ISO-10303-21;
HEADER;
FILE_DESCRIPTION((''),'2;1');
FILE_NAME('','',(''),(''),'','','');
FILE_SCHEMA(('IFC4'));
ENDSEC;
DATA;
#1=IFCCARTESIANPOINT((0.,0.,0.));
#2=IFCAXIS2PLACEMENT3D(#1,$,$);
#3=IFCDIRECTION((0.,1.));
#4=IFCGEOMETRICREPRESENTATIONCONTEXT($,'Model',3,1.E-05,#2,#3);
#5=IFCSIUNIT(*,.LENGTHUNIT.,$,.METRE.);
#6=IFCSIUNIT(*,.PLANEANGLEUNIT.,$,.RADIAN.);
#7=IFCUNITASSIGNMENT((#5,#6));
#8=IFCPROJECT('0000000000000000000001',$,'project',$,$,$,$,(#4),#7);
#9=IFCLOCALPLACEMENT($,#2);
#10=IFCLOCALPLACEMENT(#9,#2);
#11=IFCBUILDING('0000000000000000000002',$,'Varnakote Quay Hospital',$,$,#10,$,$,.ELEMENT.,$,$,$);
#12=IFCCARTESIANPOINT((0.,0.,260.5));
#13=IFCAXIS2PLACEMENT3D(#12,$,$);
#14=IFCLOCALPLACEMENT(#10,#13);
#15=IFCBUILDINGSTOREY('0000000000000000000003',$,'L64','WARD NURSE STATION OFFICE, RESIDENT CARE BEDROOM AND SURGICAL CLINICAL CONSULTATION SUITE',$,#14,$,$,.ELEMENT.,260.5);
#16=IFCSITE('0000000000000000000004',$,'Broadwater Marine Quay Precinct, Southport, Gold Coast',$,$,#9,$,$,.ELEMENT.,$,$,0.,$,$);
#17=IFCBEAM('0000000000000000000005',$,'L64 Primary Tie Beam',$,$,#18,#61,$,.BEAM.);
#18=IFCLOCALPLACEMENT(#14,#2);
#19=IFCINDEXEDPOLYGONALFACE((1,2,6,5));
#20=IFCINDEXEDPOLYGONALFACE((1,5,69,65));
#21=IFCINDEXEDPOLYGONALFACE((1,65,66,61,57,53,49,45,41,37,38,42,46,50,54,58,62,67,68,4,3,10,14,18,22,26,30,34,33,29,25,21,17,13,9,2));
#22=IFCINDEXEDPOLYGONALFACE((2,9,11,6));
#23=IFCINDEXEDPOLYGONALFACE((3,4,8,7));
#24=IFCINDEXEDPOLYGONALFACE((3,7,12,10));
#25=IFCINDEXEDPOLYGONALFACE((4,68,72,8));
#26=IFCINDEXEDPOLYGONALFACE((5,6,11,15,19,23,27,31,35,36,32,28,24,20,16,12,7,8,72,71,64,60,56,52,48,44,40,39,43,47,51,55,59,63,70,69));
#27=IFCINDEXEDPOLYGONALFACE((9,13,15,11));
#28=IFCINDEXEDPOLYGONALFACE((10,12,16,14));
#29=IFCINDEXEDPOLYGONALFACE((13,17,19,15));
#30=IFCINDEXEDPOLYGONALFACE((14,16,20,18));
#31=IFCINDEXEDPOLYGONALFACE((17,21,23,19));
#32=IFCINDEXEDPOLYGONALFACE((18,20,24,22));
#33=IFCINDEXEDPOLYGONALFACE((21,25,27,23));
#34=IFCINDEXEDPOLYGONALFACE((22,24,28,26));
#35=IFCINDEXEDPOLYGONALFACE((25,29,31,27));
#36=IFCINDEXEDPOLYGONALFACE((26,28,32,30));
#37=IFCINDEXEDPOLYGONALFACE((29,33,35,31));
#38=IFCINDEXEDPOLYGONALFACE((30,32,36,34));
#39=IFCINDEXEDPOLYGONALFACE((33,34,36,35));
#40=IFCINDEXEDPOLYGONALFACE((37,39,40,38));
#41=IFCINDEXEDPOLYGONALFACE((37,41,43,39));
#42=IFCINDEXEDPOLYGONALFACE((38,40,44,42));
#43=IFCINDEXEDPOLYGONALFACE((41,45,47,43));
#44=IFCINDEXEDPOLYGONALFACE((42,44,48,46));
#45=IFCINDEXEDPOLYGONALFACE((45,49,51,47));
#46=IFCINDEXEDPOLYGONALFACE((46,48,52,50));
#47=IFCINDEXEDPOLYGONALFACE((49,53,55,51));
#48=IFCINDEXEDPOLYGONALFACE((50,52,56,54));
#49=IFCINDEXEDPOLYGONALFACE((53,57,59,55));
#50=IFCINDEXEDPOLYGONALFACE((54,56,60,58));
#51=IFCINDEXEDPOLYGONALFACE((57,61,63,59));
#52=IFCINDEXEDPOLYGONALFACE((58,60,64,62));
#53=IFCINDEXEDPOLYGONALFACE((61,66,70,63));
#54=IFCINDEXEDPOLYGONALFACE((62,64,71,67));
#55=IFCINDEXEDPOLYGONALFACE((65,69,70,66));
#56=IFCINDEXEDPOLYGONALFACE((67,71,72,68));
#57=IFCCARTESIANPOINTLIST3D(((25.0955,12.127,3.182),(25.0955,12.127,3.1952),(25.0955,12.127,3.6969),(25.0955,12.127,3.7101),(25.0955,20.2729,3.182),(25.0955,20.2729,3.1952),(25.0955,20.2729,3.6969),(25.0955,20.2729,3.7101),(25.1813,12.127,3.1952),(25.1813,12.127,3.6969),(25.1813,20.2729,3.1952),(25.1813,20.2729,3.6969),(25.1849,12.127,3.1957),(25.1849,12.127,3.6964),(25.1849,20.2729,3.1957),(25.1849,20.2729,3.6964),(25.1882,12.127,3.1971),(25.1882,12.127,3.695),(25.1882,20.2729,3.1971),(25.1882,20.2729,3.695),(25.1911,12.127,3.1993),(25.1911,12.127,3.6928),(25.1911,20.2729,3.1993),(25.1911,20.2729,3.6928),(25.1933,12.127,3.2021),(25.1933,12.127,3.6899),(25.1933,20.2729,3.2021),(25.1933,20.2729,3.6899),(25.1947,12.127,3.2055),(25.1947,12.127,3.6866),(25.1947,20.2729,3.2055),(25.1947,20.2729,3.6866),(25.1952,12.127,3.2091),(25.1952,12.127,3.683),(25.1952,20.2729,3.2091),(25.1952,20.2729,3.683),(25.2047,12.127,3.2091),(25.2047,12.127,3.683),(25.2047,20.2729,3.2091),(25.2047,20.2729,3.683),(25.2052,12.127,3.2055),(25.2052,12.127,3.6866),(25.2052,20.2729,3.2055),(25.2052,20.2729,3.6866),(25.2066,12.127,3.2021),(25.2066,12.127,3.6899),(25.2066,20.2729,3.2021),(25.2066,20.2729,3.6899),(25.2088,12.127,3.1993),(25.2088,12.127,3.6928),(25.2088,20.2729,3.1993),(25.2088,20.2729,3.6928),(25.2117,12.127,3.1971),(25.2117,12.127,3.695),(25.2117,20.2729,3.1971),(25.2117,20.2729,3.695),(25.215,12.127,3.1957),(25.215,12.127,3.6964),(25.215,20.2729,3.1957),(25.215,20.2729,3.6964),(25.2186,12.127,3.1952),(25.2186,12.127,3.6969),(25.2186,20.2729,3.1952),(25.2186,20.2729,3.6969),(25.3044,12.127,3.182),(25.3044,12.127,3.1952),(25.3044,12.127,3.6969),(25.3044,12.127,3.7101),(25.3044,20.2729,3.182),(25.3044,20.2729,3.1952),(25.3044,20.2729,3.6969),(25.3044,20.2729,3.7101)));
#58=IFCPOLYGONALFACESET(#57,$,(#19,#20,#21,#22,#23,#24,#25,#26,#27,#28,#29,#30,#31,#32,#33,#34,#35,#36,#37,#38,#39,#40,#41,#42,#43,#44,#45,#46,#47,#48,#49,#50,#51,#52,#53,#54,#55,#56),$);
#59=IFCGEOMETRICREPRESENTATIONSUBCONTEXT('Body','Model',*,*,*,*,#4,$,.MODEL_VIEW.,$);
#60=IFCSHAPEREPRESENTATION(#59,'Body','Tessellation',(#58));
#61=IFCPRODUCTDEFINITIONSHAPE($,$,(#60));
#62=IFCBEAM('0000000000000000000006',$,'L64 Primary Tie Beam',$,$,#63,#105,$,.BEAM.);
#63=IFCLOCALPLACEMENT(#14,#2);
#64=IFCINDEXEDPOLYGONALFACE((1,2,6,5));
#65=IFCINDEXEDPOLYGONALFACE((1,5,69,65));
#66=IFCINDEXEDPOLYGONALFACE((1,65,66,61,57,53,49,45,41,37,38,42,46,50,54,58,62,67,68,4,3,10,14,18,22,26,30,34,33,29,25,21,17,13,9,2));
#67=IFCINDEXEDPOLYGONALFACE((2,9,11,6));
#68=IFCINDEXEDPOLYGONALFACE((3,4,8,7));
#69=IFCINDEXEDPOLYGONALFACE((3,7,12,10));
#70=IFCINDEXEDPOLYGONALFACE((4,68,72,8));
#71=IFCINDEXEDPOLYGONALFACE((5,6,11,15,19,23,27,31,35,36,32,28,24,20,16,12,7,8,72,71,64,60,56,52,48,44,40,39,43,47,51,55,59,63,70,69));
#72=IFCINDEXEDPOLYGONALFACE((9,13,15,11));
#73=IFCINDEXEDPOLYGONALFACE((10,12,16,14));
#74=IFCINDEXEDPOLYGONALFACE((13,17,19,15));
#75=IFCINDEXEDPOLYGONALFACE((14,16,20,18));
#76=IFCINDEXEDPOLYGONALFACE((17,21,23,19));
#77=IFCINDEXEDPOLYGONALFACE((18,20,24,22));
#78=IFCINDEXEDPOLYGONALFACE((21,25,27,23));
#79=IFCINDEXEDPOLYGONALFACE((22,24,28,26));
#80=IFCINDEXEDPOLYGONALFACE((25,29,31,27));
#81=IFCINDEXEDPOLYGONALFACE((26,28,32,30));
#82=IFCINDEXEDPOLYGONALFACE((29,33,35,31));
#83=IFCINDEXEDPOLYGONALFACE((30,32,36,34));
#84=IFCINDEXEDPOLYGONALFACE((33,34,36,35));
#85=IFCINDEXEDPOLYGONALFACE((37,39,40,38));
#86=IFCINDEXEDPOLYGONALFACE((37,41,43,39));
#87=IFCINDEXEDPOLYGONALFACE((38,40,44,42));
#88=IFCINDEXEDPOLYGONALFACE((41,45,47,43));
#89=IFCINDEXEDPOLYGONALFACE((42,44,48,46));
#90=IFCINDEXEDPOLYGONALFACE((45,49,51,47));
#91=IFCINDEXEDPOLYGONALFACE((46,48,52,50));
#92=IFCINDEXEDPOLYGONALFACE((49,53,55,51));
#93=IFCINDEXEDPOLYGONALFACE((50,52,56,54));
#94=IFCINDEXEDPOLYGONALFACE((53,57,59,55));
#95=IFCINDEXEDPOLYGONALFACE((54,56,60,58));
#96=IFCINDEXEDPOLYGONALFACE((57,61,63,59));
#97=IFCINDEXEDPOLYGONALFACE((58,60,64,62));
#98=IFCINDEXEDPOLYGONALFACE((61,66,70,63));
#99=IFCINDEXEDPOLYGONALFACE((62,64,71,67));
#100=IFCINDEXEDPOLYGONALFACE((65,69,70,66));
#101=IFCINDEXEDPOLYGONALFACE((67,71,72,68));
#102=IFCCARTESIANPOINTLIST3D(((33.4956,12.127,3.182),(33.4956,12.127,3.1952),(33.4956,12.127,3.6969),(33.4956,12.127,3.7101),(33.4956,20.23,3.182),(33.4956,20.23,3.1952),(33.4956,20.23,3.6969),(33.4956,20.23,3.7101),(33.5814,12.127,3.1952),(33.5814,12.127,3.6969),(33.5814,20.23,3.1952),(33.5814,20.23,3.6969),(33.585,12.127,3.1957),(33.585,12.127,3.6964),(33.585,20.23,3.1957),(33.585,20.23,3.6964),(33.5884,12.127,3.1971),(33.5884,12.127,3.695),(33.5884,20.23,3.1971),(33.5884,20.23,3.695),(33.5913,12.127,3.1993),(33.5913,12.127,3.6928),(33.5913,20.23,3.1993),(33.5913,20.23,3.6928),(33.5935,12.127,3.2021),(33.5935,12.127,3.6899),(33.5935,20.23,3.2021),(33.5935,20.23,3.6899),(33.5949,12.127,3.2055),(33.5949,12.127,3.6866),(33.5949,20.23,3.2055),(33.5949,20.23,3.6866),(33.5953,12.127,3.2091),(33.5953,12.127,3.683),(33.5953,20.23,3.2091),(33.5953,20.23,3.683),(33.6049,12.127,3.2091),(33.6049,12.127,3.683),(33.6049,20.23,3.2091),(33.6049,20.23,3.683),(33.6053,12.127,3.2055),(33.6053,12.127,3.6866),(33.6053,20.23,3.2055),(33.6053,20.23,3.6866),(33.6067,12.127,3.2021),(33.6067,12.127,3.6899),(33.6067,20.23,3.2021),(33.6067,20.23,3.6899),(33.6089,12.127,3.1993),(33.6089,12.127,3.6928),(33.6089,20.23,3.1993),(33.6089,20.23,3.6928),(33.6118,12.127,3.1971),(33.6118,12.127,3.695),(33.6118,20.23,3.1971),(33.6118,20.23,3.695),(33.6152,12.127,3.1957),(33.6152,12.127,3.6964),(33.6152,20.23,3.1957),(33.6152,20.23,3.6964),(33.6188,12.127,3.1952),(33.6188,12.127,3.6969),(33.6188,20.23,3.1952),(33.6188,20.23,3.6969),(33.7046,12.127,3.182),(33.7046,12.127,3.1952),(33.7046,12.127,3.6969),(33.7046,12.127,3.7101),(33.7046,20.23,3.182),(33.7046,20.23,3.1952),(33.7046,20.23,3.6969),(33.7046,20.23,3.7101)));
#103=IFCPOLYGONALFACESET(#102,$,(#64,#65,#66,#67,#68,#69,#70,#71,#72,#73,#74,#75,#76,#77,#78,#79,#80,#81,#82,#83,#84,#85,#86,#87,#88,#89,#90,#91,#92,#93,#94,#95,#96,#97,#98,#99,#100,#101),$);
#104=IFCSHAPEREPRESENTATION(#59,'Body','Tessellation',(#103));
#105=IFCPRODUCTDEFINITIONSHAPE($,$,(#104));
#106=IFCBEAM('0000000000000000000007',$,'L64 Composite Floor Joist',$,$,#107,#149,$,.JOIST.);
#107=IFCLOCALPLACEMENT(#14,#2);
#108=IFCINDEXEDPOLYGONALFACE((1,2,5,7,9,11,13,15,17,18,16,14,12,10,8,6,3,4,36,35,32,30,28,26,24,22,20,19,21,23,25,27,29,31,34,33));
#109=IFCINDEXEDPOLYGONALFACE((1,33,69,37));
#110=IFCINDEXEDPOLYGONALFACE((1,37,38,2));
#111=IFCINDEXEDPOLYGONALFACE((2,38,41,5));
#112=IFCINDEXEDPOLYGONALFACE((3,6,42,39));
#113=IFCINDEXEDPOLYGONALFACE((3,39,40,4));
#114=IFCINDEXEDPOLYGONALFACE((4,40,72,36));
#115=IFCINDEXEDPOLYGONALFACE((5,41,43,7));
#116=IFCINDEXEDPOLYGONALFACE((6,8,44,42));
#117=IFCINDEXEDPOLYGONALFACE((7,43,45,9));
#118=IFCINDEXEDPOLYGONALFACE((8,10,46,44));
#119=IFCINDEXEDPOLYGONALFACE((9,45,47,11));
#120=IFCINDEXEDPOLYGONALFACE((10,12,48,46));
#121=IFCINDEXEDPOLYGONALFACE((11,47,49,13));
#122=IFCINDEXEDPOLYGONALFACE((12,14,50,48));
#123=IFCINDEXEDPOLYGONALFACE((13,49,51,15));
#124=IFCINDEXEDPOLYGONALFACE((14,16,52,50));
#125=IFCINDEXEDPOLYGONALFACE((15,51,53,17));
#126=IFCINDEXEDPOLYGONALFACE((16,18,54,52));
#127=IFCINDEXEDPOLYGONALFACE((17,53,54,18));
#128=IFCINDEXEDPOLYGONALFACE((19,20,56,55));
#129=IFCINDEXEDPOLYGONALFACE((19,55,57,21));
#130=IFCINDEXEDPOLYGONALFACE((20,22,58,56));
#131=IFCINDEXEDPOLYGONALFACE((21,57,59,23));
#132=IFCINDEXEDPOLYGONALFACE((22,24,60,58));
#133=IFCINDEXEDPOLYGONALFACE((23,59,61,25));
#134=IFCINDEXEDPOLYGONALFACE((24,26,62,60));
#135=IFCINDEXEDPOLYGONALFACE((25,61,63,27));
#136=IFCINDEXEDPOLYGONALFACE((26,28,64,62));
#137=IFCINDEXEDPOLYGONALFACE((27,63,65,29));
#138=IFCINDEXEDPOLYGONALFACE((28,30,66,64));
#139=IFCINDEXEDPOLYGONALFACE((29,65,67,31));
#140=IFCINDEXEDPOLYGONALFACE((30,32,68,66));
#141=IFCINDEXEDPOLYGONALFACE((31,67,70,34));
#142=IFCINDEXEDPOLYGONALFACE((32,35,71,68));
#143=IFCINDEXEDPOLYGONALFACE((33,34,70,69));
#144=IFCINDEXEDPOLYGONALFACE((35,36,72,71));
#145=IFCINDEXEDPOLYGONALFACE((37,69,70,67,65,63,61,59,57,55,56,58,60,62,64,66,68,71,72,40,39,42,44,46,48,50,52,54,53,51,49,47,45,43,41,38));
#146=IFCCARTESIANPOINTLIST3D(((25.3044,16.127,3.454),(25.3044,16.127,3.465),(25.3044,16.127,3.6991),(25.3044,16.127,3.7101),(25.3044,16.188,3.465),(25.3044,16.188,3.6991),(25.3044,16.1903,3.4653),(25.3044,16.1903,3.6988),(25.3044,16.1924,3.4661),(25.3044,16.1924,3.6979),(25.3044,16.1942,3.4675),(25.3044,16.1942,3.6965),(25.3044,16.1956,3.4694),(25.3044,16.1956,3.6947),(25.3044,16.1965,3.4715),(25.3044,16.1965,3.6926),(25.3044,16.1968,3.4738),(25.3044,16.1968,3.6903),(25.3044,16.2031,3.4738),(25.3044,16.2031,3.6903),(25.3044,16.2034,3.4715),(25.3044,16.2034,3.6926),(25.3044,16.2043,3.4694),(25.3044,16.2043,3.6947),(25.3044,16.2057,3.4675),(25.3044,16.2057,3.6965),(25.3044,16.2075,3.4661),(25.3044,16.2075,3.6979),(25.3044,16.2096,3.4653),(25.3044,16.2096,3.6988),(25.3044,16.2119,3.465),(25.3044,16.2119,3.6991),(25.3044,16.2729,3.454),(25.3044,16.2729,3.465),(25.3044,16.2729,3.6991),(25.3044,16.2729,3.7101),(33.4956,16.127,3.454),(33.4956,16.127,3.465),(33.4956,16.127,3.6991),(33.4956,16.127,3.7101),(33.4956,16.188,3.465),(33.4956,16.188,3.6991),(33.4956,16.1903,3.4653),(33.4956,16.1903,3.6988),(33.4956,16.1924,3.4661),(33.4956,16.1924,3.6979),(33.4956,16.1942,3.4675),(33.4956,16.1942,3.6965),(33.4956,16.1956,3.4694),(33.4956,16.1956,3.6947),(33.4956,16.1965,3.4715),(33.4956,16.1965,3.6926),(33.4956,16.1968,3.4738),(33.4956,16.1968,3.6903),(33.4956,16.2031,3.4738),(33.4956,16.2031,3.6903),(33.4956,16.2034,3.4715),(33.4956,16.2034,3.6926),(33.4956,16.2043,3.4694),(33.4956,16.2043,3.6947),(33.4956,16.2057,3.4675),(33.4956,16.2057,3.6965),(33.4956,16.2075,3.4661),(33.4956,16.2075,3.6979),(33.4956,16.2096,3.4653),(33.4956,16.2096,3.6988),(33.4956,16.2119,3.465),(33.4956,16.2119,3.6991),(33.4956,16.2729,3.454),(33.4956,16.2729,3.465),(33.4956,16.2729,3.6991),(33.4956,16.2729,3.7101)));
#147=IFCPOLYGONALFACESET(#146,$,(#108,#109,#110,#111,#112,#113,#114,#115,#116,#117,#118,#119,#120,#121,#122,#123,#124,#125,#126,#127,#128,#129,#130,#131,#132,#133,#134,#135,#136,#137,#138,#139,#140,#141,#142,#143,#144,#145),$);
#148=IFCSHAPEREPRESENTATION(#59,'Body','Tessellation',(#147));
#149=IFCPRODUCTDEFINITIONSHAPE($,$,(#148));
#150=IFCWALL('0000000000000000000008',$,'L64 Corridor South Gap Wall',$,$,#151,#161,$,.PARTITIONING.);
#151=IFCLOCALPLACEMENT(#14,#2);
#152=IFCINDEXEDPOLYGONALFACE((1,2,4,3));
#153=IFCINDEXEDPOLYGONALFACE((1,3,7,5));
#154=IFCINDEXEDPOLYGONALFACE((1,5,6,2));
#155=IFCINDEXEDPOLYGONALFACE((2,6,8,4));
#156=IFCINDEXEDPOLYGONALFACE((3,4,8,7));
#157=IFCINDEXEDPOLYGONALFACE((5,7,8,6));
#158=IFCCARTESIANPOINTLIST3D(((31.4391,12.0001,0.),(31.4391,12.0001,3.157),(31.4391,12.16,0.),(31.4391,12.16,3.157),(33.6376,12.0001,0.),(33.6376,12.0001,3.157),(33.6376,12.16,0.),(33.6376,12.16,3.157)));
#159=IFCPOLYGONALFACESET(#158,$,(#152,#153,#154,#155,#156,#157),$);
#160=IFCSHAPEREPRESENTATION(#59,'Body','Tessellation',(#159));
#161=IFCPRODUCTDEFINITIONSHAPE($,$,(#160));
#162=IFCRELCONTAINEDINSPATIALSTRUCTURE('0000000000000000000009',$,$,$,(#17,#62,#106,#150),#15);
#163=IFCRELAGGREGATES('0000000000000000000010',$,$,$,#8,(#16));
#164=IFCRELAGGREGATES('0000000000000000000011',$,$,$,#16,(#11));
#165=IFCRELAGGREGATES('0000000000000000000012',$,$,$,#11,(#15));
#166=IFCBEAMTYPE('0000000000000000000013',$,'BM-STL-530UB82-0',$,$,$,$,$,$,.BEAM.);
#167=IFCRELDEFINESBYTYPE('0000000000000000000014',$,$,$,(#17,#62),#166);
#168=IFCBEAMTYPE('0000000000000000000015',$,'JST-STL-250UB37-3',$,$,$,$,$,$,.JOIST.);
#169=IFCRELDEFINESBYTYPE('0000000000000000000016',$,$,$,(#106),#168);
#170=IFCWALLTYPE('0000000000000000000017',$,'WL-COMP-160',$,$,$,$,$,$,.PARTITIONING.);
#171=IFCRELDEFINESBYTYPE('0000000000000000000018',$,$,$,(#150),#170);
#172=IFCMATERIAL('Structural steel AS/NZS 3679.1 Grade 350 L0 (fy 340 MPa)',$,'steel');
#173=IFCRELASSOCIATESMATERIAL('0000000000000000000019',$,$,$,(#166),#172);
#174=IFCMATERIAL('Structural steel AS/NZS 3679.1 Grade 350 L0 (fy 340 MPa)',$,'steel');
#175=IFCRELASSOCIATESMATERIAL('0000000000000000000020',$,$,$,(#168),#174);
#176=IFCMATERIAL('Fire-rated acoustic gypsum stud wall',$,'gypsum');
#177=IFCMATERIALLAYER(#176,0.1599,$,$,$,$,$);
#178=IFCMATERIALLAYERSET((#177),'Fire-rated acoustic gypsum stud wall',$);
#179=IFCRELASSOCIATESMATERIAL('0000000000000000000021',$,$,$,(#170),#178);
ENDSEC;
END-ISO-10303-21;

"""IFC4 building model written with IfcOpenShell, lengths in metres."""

from ifc_helpers import new_model, si_unit, direction, frame, frame_2d, origin, origin_2d, place, context, subcontext, project, spatial, rectangle, i_section, extrude, material, layer, layer_set, material_profile, profile_set, type_object, element, save


model = new_model("IFC4")

# Units and contexts
model_context = context("Model", 3, precision=1e-05, world=origin(), true_north=direction((0.0, 1.0)))
body_context = subcontext(model_context, "Body", "Model", "MODEL_VIEW")
ifc_project = project(units=[si_unit("LENGTHUNIT", "METRE"), si_unit("PLANEANGLEUNIT", "RADIAN")], contexts=[model_context])

# Site, building, storey
site_placement = place(None, origin())
site = spatial("IfcSite", under=ifc_project, at=site_placement, Name="Broadwater Marine Quay Precinct, Southport, Gold Coast", CompositionType="ELEMENT", RefElevation=0.0)
building_placement = place(site_placement, origin())
building = spatial("IfcBuilding", under=site, at=building_placement, Name="Varnakote Quay Hospital", CompositionType="ELEMENT")
storey_placement = place(building_placement, frame((0.0, 0.0, 260.5)))
storey = spatial("IfcBuildingStorey", under=building, at=storey_placement, Name="L64", Description="WARD NURSE STATION OFFICE, RESIDENT CARE BEDROOM AND SURGICAL CLINICAL CONSULTATION SUITE", CompositionType="ELEMENT", Elevation=260.5)

# Beams
ifc_material_1 = material(Name="Structural steel AS/NZS 3679.1 Grade 350 L0 (fy 340 MPa)", Category="steel")
ifc_material_profile_1 = material_profile(ifc_material_1, i_section(OverallWidth=0.209, OverallDepth=0.5281, WebThickness=0.0095, FlangeThickness=0.0132, FilletRadius=0.0139, at=origin_2d()), Name="530UB82.0")
ifc_profile_set_1 = profile_set([ifc_material_profile_1], Name="Structural steel AS/NZS 3679.1 Grade 350 L0 (fy 340 MPa)")
beam_type_1 = type_object("IfcBeamType", Name="BM-STL-530UB82-0", PredefinedType="BEAM", material=ifc_profile_set_1)
beam_1_placement = place(storey_placement, frame((25.2, 12.127, 3.446), z_axis=(0.0, 1.0, 0.0), x_axis=(-1.0, 0.0, 0.0)))
element("IfcBeam", 1, at=beam_1_placement, inside=storey, type_object=beam_type_1, Name="L64 Primary Tie Beam", PredefinedType="BEAM", context=body_context, shape_type="SweptSolid", body=[
    extrude(i_section(OverallWidth=0.209, OverallDepth=0.5281, WebThickness=0.0095, FlangeThickness=0.0132, FilletRadius=0.0139, at=origin_2d()), origin(), (0.0, 0.0, 1.0), 8.146),
])
beam_2_placement = place(storey_placement, frame((33.6001, 12.127, 3.446), z_axis=(0.0, 1.0, 0.0), x_axis=(-1.0, 0.0, 0.0)))
element("IfcBeam", 2, at=beam_2_placement, inside=storey, type_object=beam_type_1, Name="L64 Primary Tie Beam", PredefinedType="BEAM", context=body_context, shape_type="SweptSolid", body=[
    extrude(i_section(OverallWidth=0.209, OverallDepth=0.5281, WebThickness=0.0095, FlangeThickness=0.0132, FilletRadius=0.0139, at=origin_2d()), origin(), (0.0, 0.0, 1.0), 8.103),
])
ifc_material_2 = material(Name="Structural steel AS/NZS 3679.1 Grade 350 L0 (fy 340 MPa)", Category="steel")
ifc_material_profile_2 = material_profile(ifc_material_2, i_section(OverallWidth=0.146, OverallDepth=0.2561, WebThickness=0.0063, FlangeThickness=0.011, FilletRadius=0.0088, at=origin_2d()), Name="250UB37.3")
ifc_profile_set_2 = profile_set([ifc_material_profile_2], Name="Structural steel AS/NZS 3679.1 Grade 350 L0 (fy 340 MPa)")
beam_type_2 = type_object("IfcBeamType", Name="JST-STL-250UB37-3", PredefinedType="JOIST", material=ifc_profile_set_2)
beam_3_placement = place(storey_placement, frame((25.3044, 16.2, 3.582), z_axis=(1.0, 0.0, 0.0), x_axis=(0.0, 1.0, 0.0)))
element("IfcBeam", 3, at=beam_3_placement, inside=storey, type_object=beam_type_2, Name="L64 Composite Floor Joist", PredefinedType="JOIST", context=body_context, shape_type="SweptSolid", body=[
    extrude(i_section(OverallWidth=0.146, OverallDepth=0.2561, WebThickness=0.0063, FlangeThickness=0.011, FilletRadius=0.0088, at=origin_2d()), origin(), (0.0, 0.0, 1.0), 8.1912),
])

# Wall
ifc_material_3 = material(Name="Fire-rated acoustic gypsum stud wall", Category="gypsum")
ifc_layer_1 = layer(ifc_material_3, 0.1599)
ifc_layer_set_1 = layer_set([ifc_layer_1], Name="Fire-rated acoustic gypsum stud wall")
wall_type_1 = type_object("IfcWallType", Name="WL-COMP-160", PredefinedType="PARTITIONING", material=ifc_layer_set_1)
wall_1_placement = place(storey_placement, frame((31.4392, 12.0801, 0.0), z_axis=(0.0, 0.0, 1.0), x_axis=(1.0, 0.0, 0.0)))
element("IfcWall", 4, at=wall_1_placement, inside=storey, type_object=wall_type_1, Name="L64 Corridor South Gap Wall", PredefinedType="PARTITIONING", context=body_context, shape_type="SweptSolid", body=[
    extrude(rectangle(XDim=2.1985, YDim=0.1599, at=frame_2d((1.0991, 0.0))), origin(), (0.0, 0.0, 1.0), 3.157),
])

save(model, "model.ifc")
